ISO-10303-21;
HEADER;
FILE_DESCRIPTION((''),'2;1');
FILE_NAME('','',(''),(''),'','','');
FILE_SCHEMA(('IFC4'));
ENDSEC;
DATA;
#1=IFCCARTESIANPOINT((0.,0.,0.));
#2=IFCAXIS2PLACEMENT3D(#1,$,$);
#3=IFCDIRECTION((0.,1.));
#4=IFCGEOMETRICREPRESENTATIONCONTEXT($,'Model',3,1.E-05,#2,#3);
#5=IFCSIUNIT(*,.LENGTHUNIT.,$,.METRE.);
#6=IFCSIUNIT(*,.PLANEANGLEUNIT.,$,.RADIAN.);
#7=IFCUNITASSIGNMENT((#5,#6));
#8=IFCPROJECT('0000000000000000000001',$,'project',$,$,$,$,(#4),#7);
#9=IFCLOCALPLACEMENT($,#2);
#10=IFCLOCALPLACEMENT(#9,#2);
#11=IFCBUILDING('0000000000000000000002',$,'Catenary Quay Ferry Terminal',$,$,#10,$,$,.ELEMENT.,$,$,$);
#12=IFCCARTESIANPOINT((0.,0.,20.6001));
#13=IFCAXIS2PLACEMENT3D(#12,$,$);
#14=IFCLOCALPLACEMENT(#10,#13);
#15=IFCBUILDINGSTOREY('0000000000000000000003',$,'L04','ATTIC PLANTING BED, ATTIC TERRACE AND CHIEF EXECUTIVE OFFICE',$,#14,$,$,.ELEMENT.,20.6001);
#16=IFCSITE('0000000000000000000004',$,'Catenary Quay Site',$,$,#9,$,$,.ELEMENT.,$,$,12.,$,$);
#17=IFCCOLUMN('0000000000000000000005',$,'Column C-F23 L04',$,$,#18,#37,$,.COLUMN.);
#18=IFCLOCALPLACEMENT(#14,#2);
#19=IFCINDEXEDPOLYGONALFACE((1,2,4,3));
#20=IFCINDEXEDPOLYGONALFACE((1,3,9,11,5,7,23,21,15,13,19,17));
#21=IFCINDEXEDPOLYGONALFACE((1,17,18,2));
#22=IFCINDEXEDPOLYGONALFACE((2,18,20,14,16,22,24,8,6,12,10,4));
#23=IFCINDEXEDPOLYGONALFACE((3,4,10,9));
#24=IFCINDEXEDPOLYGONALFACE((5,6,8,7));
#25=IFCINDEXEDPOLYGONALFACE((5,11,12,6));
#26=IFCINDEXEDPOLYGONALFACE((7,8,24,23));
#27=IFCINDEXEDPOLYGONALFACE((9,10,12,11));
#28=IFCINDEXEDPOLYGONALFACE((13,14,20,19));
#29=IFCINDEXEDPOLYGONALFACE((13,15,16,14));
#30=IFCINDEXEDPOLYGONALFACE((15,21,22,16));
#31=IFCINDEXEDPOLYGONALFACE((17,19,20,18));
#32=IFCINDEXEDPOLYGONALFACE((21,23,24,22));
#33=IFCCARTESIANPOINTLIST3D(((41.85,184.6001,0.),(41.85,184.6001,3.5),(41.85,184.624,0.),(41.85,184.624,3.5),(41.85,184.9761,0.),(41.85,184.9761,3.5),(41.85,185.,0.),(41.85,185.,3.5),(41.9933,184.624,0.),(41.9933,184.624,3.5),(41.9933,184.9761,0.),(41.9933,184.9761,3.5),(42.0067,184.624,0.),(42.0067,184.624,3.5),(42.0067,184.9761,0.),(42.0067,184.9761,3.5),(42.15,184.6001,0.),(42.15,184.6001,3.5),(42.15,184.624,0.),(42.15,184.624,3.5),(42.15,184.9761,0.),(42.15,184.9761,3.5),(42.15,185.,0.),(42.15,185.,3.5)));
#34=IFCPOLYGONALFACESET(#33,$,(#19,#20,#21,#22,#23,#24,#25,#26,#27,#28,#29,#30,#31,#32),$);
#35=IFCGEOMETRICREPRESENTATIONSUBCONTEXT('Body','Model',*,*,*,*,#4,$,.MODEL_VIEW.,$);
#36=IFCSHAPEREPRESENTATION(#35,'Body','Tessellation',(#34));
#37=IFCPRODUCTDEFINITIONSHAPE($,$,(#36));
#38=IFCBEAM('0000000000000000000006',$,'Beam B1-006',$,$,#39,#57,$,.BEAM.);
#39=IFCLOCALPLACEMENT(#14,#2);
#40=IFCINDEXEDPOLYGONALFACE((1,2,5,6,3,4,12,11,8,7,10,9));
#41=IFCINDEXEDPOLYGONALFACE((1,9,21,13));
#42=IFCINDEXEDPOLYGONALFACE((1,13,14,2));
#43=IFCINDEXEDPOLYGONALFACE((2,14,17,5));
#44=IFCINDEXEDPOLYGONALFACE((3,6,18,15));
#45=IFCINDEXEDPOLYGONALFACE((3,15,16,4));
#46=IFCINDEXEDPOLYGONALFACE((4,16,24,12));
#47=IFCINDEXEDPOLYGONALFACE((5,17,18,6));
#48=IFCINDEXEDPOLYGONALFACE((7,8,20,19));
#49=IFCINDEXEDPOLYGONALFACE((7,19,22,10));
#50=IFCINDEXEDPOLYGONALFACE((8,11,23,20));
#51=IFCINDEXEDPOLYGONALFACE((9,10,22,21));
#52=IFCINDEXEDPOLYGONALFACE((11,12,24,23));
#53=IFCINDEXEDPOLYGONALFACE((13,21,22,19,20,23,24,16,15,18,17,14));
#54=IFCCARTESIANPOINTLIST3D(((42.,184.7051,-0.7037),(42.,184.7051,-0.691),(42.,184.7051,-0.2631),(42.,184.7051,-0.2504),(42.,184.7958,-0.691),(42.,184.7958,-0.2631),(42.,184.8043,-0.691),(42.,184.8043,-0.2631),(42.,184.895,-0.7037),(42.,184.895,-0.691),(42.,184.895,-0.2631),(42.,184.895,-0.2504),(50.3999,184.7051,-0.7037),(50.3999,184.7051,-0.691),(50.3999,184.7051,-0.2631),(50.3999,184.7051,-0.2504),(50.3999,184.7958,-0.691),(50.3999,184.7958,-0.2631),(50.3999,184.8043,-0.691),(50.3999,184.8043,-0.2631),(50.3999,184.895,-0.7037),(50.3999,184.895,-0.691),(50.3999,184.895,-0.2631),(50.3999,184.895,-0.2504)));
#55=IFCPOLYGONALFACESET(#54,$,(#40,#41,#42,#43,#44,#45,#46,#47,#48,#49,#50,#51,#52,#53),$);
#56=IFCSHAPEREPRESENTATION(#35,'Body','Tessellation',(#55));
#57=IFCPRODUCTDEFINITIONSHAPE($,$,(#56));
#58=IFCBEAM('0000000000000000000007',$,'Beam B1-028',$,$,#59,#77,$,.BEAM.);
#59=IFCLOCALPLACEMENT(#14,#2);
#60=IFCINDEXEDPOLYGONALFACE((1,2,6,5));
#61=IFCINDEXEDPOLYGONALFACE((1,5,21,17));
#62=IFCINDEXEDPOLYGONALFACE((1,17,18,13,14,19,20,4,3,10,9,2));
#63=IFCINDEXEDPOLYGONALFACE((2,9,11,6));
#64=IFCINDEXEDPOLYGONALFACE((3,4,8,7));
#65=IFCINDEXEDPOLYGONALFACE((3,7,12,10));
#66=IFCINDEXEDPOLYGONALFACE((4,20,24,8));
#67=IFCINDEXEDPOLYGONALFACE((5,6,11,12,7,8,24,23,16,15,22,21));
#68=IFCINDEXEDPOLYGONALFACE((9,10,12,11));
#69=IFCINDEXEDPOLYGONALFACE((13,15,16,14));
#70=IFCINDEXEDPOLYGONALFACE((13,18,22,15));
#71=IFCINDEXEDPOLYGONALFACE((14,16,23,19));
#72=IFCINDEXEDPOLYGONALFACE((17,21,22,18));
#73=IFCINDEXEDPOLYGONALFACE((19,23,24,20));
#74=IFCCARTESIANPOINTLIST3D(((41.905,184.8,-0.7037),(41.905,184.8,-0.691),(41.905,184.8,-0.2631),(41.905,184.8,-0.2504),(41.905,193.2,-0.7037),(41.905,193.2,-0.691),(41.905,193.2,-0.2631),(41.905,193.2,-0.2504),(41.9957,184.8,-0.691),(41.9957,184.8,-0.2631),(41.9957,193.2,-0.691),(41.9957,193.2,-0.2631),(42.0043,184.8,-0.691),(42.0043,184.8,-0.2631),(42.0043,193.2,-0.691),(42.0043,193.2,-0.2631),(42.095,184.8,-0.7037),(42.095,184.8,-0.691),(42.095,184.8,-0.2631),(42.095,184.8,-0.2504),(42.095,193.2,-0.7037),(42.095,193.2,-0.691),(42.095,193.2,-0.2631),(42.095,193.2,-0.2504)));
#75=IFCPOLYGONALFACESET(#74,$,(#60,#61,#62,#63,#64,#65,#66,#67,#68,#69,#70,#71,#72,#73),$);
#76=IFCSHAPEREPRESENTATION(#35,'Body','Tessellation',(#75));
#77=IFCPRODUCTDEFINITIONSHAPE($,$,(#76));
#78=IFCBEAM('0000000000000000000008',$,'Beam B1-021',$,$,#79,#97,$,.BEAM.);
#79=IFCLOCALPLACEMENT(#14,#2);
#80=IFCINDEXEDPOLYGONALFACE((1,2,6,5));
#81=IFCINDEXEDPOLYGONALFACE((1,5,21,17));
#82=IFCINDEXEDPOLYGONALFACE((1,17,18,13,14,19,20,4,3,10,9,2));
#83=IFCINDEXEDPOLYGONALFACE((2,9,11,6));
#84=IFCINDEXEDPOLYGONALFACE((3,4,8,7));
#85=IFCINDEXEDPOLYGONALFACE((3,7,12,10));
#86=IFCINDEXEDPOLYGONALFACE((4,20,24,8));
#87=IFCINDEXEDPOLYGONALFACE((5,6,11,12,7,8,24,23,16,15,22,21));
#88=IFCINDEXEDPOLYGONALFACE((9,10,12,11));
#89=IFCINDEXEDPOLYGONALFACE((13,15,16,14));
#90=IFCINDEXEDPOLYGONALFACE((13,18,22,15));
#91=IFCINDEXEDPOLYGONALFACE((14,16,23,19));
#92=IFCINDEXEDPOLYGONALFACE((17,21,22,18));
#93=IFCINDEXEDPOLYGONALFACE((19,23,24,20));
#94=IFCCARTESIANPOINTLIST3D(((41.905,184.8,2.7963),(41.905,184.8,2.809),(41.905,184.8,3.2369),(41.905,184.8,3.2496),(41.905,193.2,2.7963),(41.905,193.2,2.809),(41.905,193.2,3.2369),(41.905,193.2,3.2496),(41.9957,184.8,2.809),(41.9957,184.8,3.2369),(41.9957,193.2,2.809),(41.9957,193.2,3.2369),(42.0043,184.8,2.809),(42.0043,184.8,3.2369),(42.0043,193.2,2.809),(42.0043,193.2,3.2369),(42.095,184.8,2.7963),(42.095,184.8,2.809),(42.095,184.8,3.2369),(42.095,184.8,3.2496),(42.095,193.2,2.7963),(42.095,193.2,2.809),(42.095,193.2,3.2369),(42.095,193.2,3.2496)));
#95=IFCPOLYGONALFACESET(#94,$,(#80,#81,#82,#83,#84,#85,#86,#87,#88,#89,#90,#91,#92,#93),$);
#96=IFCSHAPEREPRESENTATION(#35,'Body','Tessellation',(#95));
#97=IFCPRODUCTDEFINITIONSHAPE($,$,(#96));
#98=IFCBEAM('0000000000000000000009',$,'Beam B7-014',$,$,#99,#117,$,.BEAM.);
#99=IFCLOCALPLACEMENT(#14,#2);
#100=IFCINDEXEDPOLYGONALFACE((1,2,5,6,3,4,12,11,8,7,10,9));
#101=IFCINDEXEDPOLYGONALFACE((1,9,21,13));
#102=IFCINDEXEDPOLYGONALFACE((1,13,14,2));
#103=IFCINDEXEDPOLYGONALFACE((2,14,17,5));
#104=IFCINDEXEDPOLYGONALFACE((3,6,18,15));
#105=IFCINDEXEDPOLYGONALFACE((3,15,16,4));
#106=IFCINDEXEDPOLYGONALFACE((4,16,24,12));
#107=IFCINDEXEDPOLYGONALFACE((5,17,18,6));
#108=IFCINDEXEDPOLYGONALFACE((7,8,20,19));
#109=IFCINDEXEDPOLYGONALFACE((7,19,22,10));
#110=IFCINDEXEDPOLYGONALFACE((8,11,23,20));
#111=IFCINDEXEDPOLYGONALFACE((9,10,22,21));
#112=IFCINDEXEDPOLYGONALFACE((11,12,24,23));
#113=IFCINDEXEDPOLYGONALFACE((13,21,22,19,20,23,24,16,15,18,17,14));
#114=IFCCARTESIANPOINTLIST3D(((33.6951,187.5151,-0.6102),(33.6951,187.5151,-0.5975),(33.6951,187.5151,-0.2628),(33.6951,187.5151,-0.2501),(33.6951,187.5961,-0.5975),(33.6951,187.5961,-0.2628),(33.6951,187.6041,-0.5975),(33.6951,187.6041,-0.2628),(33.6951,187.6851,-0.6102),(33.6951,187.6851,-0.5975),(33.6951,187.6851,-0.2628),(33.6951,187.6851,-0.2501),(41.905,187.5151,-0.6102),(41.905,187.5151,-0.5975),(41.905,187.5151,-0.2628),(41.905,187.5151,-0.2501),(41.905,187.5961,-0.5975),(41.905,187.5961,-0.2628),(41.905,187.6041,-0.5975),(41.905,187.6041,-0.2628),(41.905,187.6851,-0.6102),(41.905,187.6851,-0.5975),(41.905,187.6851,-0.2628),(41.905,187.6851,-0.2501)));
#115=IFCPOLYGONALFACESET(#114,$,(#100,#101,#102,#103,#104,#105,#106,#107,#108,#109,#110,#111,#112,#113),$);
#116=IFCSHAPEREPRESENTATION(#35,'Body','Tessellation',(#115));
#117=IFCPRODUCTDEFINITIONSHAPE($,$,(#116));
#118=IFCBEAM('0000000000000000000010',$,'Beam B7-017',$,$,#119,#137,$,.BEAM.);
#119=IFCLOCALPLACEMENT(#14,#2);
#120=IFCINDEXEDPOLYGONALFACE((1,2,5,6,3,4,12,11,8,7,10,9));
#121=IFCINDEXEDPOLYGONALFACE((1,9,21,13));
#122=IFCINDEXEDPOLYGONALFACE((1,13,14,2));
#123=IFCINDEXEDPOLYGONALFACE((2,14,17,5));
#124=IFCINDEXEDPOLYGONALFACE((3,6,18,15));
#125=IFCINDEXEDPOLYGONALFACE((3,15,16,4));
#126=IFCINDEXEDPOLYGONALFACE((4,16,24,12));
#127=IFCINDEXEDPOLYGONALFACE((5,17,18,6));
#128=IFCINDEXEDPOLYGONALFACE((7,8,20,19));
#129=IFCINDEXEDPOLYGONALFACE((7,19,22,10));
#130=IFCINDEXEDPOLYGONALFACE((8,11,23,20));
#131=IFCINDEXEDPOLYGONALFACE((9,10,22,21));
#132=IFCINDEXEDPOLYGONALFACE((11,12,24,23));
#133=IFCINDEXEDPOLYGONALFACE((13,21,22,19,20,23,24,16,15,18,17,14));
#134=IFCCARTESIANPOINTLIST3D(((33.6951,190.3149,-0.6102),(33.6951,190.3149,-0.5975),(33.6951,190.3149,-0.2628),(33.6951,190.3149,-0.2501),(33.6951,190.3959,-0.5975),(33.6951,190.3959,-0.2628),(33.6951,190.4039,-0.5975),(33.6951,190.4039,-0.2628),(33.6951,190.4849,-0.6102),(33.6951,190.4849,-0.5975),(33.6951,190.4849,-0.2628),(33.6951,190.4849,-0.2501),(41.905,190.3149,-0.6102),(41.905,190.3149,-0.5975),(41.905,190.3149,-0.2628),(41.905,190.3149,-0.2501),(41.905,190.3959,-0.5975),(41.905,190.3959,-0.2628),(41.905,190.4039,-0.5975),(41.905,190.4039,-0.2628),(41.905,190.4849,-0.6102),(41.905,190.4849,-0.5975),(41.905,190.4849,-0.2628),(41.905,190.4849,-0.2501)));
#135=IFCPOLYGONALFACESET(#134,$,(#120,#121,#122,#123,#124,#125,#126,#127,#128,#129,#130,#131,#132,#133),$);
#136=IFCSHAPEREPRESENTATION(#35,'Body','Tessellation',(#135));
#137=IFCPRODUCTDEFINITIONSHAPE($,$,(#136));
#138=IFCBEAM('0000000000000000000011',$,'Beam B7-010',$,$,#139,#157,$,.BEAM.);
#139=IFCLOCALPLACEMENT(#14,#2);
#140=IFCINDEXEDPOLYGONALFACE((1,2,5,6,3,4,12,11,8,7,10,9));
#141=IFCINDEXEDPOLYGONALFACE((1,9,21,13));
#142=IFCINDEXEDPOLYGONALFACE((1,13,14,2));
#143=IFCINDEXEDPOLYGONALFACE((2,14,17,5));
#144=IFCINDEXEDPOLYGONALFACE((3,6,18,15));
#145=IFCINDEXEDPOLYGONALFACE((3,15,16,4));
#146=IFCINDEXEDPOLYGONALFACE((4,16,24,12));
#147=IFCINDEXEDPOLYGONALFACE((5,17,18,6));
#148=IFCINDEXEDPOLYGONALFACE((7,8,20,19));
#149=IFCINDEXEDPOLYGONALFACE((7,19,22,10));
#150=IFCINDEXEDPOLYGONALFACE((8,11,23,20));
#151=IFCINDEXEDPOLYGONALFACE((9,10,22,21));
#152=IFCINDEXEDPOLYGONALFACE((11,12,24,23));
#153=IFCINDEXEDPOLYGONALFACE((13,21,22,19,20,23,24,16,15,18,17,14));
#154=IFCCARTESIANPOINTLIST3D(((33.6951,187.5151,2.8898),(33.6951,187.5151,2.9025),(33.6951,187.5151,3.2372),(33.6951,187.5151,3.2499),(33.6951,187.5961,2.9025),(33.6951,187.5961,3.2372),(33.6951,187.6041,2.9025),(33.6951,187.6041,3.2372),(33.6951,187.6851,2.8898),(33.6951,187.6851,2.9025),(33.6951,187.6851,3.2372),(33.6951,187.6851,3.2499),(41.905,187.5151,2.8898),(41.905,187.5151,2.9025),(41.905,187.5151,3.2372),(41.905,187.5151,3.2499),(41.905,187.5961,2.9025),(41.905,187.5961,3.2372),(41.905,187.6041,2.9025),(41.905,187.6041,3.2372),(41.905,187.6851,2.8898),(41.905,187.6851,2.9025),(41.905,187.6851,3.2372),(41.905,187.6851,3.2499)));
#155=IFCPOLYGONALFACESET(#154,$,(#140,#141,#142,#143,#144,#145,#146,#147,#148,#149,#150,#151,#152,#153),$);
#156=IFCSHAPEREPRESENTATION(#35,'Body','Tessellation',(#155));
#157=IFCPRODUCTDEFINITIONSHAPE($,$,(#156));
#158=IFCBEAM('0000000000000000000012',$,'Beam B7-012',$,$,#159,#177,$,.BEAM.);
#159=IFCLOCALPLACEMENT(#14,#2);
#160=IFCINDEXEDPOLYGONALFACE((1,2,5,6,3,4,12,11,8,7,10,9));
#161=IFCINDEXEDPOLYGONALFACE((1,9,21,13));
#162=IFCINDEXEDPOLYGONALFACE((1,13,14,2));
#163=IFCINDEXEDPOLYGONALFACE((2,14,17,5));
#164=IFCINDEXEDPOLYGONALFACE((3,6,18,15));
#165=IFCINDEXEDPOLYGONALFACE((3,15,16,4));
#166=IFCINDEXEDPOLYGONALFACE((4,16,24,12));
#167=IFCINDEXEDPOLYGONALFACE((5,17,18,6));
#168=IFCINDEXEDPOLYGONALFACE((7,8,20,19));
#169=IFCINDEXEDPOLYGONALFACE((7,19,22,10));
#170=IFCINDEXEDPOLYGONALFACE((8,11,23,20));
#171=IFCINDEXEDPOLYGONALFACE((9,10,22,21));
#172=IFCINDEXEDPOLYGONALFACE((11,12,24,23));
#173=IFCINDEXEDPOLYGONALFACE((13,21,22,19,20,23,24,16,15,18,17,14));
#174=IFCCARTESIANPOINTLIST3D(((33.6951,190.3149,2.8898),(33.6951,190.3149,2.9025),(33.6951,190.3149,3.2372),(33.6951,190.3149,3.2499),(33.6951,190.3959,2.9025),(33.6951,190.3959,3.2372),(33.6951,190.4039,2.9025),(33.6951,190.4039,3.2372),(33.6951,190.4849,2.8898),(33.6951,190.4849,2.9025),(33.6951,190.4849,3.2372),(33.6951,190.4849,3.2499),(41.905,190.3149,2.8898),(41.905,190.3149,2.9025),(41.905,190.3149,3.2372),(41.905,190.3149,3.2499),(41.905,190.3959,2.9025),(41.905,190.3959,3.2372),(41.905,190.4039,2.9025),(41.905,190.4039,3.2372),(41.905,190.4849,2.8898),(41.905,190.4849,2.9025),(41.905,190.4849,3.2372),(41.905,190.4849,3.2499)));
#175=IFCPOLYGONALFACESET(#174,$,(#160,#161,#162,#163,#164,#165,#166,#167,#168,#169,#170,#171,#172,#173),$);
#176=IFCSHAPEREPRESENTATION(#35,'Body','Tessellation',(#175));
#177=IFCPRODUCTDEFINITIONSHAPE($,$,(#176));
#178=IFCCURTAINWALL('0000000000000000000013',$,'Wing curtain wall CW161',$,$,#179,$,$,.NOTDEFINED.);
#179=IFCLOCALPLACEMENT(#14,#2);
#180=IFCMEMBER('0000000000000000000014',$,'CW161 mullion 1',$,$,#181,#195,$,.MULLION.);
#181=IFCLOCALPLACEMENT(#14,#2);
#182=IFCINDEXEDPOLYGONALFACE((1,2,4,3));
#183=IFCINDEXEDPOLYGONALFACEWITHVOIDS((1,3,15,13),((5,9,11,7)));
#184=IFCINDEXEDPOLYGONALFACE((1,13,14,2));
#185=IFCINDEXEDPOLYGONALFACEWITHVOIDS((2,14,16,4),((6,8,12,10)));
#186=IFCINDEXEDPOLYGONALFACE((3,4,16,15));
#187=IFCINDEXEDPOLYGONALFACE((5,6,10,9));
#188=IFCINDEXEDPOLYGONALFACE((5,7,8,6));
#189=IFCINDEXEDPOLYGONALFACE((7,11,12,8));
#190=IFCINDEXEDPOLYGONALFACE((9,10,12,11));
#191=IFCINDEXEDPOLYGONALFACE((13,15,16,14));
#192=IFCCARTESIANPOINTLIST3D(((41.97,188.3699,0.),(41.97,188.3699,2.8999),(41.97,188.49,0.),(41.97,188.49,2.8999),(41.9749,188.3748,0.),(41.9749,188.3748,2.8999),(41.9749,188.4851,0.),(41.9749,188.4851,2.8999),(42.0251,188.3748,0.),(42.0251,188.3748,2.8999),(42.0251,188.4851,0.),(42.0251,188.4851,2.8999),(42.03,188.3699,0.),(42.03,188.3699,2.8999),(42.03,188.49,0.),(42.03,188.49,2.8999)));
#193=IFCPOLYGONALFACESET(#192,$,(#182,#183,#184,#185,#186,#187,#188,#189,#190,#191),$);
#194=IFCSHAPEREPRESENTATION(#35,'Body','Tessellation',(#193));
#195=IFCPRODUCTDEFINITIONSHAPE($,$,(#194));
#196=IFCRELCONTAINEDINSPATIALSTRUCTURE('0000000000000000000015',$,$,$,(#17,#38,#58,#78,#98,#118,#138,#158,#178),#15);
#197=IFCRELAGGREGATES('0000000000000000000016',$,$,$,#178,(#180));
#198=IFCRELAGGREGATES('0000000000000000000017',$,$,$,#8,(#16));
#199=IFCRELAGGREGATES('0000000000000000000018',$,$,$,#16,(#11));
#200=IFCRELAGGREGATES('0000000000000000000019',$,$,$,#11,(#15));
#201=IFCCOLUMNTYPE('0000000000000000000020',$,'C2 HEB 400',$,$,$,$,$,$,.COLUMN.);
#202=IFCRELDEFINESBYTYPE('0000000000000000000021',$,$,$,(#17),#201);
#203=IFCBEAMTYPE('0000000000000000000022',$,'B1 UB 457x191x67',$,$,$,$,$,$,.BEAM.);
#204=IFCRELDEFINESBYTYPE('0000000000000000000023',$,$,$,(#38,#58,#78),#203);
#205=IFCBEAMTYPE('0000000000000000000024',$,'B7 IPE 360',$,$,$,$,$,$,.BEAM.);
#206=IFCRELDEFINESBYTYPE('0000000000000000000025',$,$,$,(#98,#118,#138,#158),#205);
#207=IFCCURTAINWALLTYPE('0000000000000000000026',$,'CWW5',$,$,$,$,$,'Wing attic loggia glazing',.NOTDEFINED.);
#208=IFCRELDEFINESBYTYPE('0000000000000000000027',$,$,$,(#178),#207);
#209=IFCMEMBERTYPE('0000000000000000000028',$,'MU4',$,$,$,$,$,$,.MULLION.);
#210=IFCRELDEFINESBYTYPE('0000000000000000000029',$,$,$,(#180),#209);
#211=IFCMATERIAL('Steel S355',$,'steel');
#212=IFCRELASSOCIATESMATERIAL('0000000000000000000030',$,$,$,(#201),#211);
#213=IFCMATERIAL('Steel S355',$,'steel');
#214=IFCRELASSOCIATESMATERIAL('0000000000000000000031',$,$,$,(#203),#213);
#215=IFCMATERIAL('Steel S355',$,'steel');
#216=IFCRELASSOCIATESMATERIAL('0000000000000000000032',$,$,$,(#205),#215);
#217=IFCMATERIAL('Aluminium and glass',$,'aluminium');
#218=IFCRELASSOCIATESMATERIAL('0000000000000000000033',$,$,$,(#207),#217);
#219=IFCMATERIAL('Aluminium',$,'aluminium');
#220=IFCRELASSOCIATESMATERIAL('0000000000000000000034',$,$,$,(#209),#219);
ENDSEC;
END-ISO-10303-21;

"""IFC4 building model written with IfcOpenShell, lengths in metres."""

from ifc_helpers import new_model, si_unit, direction, frame, origin, origin_2d, place, context, subcontext, project, spatial, hollow_rectangle, i_section, extrude, material, material_profile, profile_set, type_object, element, aggregate, save


model = new_model("IFC4")

# Units and contexts
model_context = context("Model", 3, precision=1e-05, world=origin(), true_north=direction((0.0, 1.0)))
body_context = subcontext(model_context, "Body", "Model", "MODEL_VIEW")
ifc_project = project(units=[si_unit("LENGTHUNIT", "METRE"), si_unit("PLANEANGLEUNIT", "RADIAN")], contexts=[model_context])

# Site, building, storey
site_placement = place(None, origin())
site = spatial("IfcSite", under=ifc_project, at=site_placement, Name="Catenary Quay Site", CompositionType="ELEMENT", RefElevation=12.0)
building_placement = place(site_placement, origin())
building = spatial("IfcBuilding", under=site, at=building_placement, Name="Catenary Quay Ferry Terminal", CompositionType="ELEMENT")
storey_placement = place(building_placement, frame((0.0, 0.0, 20.6001)))
storey = spatial("IfcBuildingStorey", under=building, at=storey_placement, Name="L04", Description="ATTIC PLANTING BED, ATTIC TERRACE AND CHIEF EXECUTIVE OFFICE", CompositionType="ELEMENT", Elevation=20.6001)

# Column
ifc_material_1 = material(Name="Steel S355", Category="steel")
ifc_material_profile_1 = material_profile(ifc_material_1, i_section(OverallWidth=0.3, OverallDepth=0.3999, WebThickness=0.0134, FlangeThickness=0.0239, at=origin_2d()), Name="HEB 400")
ifc_profile_set_1 = profile_set([ifc_material_profile_1], Name="Steel S355")
column_type = type_object("IfcColumnType", Name="C2 HEB 400", PredefinedType="COLUMN", material=ifc_profile_set_1)
column_placement = place(storey_placement, frame((42.0, 184.8, 0.0), z_axis=(0.0, 0.0, 1.0), x_axis=(1.0, 0.0, 0.0)))
element("IfcColumn", 1, at=column_placement, inside=storey, type_object=column_type, Name="Column C-F23 L04", PredefinedType="COLUMN", context=body_context, shape_type="SweptSolid", body=[
    extrude(i_section(OverallWidth=0.3, OverallDepth=0.3999, WebThickness=0.0134, FlangeThickness=0.0239, at=origin_2d()), origin(), (0.0, 0.0, 1.0), 3.5),
])

# Beams
ifc_material_2 = material(Name="Steel S355", Category="steel")
ifc_material_profile_2 = material_profile(ifc_material_2, i_section(OverallWidth=0.1899, OverallDepth=0.4534, WebThickness=0.0085, FlangeThickness=0.0127, at=origin_2d()), Name="UB 457x191x67")
ifc_profile_set_2 = profile_set([ifc_material_profile_2], Name="Steel S355")
beam_type_1 = type_object("IfcBeamType", Name="B1 UB 457x191x67", PredefinedType="BEAM", material=ifc_profile_set_2)
for number, where, z_axis, x_axis, name in (
    (2, (42.0, 184.8, -0.4771), (1.0, 0.0, 0.0), (0.0, 1.0, 0.0), "Beam B1-006"),
    (3, (42.0, 184.8, -0.4771), (0.0, 1.0, 0.0), (-1.0, 0.0, 0.0), "Beam B1-028"),
    (4, (42.0, 184.8, 3.0229), (0.0, 1.0, 0.0), (-1.0, 0.0, 0.0), "Beam B1-021"),
):
    element("IfcBeam", number, at=place(storey_placement, frame(where, z_axis=z_axis, x_axis=x_axis)), inside=storey, type_object=beam_type_1, Name=name, PredefinedType="BEAM", context=body_context, shape_type="SweptSolid", body=[
        extrude(i_section(OverallWidth=0.1899, OverallDepth=0.4534, WebThickness=0.0085, FlangeThickness=0.0127, at=origin_2d()), origin(), (0.0, 0.0, 1.0), 8.3999),
    ])
ifc_material_3 = material(Name="Steel S355", Category="steel")
ifc_material_profile_3 = material_profile(ifc_material_3, i_section(OverallWidth=0.1699, OverallDepth=0.3601, WebThickness=0.0081, FlangeThickness=0.0127, at=origin_2d()), Name="IPE 360")
ifc_profile_set_3 = profile_set([ifc_material_profile_3], Name="Steel S355")
beam_type_2 = type_object("IfcBeamType", Name="B7 IPE 360", PredefinedType="BEAM", material=ifc_profile_set_3)
for number, where, z_axis, x_axis, name in (
    (5, (33.6951, 187.6001, -0.4302), (1.0, 0.0, 0.0), (0.0, 1.0, 0.0), "Beam B7-014"),
    (6, (33.6951, 190.3999, -0.4302), (1.0, 0.0, 0.0), (0.0, 1.0, 0.0), "Beam B7-017"),
    (7, (33.6951, 187.6001, 3.0698), (1.0, 0.0, 0.0), (0.0, 1.0, 0.0), "Beam B7-010"),
    (8, (33.6951, 190.3999, 3.0698), (1.0, 0.0, 0.0), (0.0, 1.0, 0.0), "Beam B7-012"),
):
    element("IfcBeam", number, at=place(storey_placement, frame(where, z_axis=z_axis, x_axis=x_axis)), inside=storey, type_object=beam_type_2, Name=name, PredefinedType="BEAM", context=body_context, shape_type="SweptSolid", body=[
        extrude(i_section(OverallWidth=0.1699, OverallDepth=0.3601, WebThickness=0.0081, FlangeThickness=0.0127, at=origin_2d()), origin(), (0.0, 0.0, 1.0), 8.21),
    ])

# Curtain wall, member
ifc_material_4 = material(Name="Aluminium and glass", Category="aluminium")
curtain_wall_type = type_object("IfcCurtainWallType", Name="CWW5", ElementType="Wing attic loggia glazing", PredefinedType="NOTDEFINED", material=ifc_material_4)
curtain_wall_placement = place(storey_placement, origin())
curtain_wall = element("IfcCurtainWall", 9, at=curtain_wall_placement, inside=storey, type_object=curtain_wall_type, Name="Wing curtain wall CW161", PredefinedType="NOTDEFINED")
ifc_material_5 = material(Name="Aluminium", Category="aluminium")
ifc_material_profile_4 = material_profile(ifc_material_5, hollow_rectangle(XDim=0.0601, YDim=0.1201, WallThickness=0.0049, at=origin_2d()), Name="MU4")
ifc_profile_set_4 = profile_set([ifc_material_profile_4], Name="Aluminium")
member_type_1 = type_object("IfcMemberType", Name="MU4", PredefinedType="MULLION", material=ifc_profile_set_4)
member_1_placement = place(storey_placement, frame((42.0, 188.4299, 0.0), z_axis=(0.0, 0.0, 1.0), x_axis=(-1.0, 0.0, 0.0)))
member_1 = element("IfcMember", 10, at=member_1_placement, type_object=member_type_1, Name="CW161 mullion 1", PredefinedType="MULLION", context=body_context, shape_type="SweptSolid", body=[
    extrude(hollow_rectangle(XDim=0.0601, YDim=0.1201, WallThickness=0.0049, at=origin_2d()), origin(), (0.0, 0.0, 1.0), 2.8999),
])
aggregate(curtain_wall, [member_1])

save(model, "model.ifc")
